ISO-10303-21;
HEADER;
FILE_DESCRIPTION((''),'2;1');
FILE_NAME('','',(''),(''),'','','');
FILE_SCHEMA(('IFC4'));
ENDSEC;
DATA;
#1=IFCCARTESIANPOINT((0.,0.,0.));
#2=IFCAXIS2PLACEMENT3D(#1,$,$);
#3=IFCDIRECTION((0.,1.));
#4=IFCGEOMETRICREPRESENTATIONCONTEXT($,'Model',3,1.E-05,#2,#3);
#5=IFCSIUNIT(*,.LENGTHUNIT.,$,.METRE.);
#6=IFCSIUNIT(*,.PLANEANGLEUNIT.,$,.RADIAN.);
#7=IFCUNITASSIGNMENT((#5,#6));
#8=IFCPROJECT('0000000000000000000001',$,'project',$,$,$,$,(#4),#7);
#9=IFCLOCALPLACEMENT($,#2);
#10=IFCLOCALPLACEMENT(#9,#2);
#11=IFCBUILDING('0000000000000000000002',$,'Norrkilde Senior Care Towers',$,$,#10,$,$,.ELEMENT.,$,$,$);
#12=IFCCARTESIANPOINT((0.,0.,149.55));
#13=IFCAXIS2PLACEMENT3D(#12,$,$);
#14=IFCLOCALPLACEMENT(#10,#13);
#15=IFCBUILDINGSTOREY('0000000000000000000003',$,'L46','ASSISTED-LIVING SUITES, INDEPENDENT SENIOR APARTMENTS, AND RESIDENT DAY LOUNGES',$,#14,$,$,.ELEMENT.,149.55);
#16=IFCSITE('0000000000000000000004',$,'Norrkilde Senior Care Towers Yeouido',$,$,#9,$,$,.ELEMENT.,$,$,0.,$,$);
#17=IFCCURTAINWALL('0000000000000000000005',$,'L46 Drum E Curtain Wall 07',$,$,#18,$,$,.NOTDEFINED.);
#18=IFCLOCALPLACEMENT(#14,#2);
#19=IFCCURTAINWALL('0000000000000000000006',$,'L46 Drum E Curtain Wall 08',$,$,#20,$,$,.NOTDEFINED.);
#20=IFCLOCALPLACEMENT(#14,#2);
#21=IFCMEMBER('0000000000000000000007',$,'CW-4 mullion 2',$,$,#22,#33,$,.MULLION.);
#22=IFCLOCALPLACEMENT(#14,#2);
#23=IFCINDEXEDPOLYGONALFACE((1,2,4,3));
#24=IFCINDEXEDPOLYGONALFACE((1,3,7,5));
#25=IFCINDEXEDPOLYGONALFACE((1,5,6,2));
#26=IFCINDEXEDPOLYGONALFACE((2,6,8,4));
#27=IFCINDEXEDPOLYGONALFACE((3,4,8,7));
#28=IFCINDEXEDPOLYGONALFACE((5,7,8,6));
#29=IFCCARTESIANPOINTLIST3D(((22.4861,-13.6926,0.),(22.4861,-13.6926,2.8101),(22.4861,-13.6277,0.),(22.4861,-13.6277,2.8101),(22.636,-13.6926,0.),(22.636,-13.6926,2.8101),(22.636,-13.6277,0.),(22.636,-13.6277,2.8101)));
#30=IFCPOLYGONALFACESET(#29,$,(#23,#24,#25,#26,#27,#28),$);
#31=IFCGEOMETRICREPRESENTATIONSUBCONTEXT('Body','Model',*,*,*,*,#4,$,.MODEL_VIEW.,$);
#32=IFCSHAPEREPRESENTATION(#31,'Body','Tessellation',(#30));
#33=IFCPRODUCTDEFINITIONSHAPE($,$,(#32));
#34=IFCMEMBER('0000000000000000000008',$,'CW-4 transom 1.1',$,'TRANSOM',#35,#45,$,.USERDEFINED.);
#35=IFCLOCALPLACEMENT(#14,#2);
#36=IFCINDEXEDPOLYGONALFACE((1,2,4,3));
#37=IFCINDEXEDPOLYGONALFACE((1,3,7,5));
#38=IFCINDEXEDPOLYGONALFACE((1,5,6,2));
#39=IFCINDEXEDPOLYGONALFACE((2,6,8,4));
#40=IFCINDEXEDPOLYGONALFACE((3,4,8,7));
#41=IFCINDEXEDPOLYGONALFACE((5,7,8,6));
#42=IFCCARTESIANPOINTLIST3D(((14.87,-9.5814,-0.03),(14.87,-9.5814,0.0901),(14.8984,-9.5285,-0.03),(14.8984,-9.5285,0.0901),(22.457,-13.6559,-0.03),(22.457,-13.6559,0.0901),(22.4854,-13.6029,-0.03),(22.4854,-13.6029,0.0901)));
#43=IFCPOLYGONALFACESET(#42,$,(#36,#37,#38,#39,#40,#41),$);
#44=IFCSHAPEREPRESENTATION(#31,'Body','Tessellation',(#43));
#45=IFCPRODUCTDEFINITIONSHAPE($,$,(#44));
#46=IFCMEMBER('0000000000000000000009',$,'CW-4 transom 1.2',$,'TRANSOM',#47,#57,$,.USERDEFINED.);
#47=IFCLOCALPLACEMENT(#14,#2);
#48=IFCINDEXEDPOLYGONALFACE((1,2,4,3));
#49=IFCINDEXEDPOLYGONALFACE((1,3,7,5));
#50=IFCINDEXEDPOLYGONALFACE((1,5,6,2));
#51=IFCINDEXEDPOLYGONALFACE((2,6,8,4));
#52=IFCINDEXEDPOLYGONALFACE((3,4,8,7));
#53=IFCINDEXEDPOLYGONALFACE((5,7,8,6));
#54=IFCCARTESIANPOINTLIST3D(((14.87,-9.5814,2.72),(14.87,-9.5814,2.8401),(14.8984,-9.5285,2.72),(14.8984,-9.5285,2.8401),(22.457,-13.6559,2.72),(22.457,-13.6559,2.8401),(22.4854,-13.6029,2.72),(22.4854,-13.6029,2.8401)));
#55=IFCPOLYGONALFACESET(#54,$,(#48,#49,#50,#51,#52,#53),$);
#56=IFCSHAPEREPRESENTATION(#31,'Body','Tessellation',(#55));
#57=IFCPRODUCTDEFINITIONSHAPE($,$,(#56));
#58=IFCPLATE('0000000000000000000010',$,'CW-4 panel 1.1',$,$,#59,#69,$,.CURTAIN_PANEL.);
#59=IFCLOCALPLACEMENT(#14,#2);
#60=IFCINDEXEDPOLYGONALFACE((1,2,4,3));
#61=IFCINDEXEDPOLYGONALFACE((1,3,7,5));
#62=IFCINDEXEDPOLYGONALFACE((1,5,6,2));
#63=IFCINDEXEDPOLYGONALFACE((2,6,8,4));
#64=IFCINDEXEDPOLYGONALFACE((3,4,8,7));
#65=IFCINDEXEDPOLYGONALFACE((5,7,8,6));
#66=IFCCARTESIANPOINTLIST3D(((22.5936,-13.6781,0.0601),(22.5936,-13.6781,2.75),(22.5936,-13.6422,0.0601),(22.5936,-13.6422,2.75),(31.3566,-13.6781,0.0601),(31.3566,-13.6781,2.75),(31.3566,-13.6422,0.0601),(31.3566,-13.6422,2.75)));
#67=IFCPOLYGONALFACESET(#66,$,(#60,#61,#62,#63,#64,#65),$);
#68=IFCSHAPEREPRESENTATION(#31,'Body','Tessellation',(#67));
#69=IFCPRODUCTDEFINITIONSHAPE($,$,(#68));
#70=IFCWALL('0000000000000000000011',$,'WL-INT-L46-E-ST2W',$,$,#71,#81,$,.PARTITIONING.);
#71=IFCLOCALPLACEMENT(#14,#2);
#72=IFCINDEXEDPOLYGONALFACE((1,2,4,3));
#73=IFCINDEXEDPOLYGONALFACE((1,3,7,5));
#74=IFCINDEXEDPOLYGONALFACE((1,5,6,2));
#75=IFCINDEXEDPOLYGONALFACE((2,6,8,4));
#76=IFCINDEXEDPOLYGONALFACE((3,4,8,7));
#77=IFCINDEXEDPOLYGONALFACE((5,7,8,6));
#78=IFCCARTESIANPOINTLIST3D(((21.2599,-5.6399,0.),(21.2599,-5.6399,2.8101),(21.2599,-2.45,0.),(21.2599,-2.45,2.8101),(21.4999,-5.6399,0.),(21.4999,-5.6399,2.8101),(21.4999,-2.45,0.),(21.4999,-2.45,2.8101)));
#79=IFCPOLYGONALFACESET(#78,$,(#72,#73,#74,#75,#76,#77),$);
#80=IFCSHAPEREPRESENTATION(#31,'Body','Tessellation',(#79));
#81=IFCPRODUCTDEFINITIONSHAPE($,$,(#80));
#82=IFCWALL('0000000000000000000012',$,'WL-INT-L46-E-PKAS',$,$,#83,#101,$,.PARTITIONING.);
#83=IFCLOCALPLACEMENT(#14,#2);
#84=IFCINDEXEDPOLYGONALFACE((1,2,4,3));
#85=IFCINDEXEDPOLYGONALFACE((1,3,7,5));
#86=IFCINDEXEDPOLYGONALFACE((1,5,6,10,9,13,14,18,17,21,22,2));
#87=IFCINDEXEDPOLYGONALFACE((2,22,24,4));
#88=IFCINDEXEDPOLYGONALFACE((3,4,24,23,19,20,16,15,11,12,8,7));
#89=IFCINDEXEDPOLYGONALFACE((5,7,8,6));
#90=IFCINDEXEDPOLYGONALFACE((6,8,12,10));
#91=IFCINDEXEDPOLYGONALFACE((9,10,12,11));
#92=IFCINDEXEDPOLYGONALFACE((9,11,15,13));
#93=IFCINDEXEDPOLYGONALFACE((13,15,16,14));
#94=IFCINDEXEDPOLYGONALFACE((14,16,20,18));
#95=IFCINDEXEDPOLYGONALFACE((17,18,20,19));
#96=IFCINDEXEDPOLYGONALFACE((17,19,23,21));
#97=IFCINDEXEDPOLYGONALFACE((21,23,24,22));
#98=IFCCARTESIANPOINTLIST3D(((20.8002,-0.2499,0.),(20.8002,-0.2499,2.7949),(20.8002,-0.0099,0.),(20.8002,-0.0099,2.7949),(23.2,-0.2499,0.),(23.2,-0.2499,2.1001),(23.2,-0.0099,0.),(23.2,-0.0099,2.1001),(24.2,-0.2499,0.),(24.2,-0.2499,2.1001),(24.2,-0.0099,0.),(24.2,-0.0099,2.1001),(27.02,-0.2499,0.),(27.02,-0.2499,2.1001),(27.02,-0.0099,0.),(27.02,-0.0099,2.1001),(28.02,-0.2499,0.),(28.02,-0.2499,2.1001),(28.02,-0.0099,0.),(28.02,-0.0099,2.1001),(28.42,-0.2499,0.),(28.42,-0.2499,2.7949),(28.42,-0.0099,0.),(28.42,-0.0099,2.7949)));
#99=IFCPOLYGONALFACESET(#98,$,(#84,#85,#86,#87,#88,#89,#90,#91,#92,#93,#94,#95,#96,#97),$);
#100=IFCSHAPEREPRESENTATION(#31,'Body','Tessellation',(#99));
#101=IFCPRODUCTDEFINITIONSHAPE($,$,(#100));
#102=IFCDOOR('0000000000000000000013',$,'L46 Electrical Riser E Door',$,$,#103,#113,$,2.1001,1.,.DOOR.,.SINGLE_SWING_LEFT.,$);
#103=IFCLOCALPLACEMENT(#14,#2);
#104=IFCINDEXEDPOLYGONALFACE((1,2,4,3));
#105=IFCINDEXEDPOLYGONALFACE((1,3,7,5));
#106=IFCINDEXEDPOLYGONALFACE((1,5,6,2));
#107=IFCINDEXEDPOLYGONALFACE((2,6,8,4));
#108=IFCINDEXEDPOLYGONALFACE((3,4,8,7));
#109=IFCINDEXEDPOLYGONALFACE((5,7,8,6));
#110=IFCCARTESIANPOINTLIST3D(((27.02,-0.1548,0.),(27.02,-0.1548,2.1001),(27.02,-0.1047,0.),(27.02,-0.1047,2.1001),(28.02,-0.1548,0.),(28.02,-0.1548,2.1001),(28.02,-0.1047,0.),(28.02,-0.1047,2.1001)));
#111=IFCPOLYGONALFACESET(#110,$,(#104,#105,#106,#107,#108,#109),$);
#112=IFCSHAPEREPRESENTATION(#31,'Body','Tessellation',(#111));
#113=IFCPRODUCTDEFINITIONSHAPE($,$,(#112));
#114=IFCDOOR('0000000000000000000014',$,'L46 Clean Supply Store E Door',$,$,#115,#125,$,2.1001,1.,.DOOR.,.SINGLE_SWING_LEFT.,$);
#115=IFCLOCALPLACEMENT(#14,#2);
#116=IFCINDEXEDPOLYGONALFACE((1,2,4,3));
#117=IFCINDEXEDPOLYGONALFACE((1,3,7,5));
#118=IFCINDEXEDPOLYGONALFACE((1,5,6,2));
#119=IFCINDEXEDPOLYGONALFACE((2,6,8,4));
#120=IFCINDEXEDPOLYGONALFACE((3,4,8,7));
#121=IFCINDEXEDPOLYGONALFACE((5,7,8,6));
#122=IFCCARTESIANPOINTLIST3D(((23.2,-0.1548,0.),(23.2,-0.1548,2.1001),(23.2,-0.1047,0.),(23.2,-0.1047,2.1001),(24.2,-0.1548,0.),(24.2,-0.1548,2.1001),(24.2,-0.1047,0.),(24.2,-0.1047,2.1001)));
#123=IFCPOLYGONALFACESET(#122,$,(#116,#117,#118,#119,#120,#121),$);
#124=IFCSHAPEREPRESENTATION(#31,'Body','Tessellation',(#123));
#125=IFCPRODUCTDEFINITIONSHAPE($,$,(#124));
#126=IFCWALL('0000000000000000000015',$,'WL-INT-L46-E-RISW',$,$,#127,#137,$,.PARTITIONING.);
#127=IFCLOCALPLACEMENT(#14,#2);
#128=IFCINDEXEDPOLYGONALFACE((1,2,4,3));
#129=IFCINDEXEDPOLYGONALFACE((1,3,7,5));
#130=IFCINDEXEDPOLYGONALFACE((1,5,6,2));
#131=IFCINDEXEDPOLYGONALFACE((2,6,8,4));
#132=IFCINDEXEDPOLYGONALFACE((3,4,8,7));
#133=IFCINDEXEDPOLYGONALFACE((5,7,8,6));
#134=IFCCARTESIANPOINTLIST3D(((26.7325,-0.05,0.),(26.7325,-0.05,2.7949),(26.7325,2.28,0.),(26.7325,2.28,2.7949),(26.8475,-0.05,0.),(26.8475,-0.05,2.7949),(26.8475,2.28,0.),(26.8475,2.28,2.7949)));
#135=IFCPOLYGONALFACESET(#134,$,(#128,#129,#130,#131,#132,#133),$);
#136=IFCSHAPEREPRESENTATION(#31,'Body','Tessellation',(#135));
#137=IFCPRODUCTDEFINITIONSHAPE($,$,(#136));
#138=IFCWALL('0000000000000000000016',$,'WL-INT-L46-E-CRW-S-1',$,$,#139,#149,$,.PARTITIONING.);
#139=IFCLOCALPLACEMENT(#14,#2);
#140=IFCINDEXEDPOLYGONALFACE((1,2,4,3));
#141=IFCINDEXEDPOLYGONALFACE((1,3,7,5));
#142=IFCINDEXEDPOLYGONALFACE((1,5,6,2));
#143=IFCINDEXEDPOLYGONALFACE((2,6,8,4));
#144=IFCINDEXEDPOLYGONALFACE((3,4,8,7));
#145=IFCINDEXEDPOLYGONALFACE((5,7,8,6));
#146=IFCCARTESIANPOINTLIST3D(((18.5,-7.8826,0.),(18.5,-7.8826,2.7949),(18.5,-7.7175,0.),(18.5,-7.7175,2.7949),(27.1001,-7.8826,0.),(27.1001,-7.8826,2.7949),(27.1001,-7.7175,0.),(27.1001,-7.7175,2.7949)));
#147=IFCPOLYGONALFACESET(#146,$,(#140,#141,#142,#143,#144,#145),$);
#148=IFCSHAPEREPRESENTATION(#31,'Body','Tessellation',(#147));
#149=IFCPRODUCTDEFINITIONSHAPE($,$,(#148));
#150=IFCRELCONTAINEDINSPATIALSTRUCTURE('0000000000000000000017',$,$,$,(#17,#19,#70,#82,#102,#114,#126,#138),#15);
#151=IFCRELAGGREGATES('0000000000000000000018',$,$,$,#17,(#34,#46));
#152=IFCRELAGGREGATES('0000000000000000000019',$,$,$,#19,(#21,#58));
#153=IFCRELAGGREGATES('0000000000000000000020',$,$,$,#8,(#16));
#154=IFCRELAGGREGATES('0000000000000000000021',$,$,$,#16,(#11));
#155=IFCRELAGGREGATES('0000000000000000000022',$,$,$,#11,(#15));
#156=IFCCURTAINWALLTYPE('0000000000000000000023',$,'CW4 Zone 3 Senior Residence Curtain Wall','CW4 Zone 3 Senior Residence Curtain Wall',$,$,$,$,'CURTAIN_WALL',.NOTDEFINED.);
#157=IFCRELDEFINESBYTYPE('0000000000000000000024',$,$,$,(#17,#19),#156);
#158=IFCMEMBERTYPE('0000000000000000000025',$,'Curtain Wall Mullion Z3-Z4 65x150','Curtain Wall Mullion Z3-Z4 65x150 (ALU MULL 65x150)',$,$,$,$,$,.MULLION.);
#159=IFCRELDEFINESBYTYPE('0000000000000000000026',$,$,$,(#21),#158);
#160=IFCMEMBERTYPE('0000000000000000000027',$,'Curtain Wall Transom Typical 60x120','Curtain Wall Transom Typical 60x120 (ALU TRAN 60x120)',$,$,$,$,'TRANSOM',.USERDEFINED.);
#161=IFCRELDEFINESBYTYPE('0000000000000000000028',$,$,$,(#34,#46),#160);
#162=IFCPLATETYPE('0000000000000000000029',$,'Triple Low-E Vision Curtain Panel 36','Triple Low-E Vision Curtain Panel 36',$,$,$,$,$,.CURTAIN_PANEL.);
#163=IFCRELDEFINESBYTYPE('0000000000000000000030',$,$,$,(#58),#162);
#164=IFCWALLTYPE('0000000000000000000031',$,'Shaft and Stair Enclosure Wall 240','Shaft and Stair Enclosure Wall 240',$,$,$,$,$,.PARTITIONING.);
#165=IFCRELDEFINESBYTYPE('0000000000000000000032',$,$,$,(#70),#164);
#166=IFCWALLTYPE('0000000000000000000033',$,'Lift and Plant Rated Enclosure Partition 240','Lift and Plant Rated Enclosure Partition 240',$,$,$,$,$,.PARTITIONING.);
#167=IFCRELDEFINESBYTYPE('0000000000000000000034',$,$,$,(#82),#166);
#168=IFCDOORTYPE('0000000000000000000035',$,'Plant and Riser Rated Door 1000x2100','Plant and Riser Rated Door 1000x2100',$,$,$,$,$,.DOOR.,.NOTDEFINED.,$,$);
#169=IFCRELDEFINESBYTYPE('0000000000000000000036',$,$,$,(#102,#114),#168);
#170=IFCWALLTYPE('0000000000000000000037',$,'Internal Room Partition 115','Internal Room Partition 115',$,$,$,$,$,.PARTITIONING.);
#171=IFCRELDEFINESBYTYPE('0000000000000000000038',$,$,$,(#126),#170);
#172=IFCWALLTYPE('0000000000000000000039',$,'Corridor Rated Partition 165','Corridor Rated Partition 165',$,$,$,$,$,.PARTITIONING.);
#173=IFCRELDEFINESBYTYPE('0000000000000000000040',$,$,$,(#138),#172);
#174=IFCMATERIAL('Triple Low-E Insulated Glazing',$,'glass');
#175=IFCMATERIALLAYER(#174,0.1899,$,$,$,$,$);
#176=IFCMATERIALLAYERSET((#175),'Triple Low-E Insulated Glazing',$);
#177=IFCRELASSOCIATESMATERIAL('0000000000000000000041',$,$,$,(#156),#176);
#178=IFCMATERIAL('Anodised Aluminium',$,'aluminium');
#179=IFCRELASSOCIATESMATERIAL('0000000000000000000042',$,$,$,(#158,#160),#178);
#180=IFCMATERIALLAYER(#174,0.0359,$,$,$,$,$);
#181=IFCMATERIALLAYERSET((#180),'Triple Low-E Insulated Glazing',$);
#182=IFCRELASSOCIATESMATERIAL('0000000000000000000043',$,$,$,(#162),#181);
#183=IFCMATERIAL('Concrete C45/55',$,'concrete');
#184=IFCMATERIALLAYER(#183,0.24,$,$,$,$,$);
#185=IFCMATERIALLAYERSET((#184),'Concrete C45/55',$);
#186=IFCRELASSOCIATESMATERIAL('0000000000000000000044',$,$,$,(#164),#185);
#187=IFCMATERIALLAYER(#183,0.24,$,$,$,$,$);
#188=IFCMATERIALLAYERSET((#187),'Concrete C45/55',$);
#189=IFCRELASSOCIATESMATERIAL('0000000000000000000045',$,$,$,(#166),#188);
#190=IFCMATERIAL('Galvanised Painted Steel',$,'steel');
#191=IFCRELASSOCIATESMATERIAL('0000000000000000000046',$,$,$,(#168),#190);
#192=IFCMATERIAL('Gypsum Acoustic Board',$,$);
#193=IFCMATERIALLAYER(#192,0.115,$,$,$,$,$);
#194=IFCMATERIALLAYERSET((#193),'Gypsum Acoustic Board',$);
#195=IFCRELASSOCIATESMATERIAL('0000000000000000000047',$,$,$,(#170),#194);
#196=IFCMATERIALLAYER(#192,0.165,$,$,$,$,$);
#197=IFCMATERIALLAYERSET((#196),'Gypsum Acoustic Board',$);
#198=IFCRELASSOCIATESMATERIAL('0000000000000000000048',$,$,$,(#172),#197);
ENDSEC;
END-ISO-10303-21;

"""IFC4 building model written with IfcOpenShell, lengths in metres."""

from ifc_helpers import new_model, si_unit, direction, frame, frame_2d, origin, origin_2d, place, context, subcontext, project, spatial, rectangle, extrude, source, transform, mapped, material, layer, layer_set, material_profile, profile_set, type_object, type_shapes, element, fill, aggregate, save


model = new_model("IFC4")

# Units and contexts
model_context = context("Model", 3, precision=1e-05, world=origin(), true_north=direction((0.0, 1.0)))
body_context = subcontext(model_context, "Body", "Model", "MODEL_VIEW")
ifc_project = project(units=[si_unit("LENGTHUNIT", "METRE"), si_unit("PLANEANGLEUNIT", "RADIAN")], contexts=[model_context])

# Site, building, storey
site_placement = place(None, origin())
site = spatial("IfcSite", under=ifc_project, at=site_placement, Name="Norrkilde Senior Care Towers Yeouido", CompositionType="ELEMENT", RefElevation=0.0)
building_placement = place(site_placement, origin())
building = spatial("IfcBuilding", under=site, at=building_placement, Name="Norrkilde Senior Care Towers", CompositionType="ELEMENT")
storey_placement = place(building_placement, frame((0.0, 0.0, 149.55)))
storey = spatial("IfcBuildingStorey", under=building, at=storey_placement, Name="L46", Description="ASSISTED-LIVING SUITES, INDEPENDENT SENIOR APARTMENTS, AND RESIDENT DAY LOUNGES", CompositionType="ELEMENT", Elevation=149.55)

# Curtain walls, member
ifc_material_1 = material(Name="Triple Low-E Insulated Glazing", Category="glass")
ifc_layer_1 = layer(ifc_material_1, 0.1899)
ifc_layer_set_1 = layer_set([ifc_layer_1], Name="Triple Low-E Insulated Glazing")
curtain_wall_type = type_object("IfcCurtainWallType", Name="CW4 Zone 3 Senior Residence Curtain Wall", Description="CW4 Zone 3 Senior Residence Curtain Wall", ElementType="CURTAIN_WALL", PredefinedType="NOTDEFINED", material=ifc_layer_set_1)
curtain_wall_1_placement = place(storey_placement, origin())
curtain_wall_1 = element("IfcCurtainWall", 1, at=curtain_wall_1_placement, inside=storey, type_object=curtain_wall_type, Name="L46 Drum E Curtain Wall 07", PredefinedType="NOTDEFINED")
ifc_material_2 = material(Name="Anodised Aluminium", Category="aluminium")
ifc_material_profile_1 = material_profile(ifc_material_2, rectangle(XDim=0.0649, YDim=0.1499, at=origin_2d()), Name="ALU MULL 65x150")
ifc_profile_set_1 = profile_set([ifc_material_profile_1], Name="Anodised Aluminium")
member_type_1 = type_object("IfcMemberType", Name="Curtain Wall Mullion Z3-Z4 65x150", Description="Curtain Wall Mullion Z3-Z4 65x150 (ALU MULL 65x150)", PredefinedType="MULLION", material=ifc_profile_set_1)
shared_shape_1 = source(origin(), body_context, "Body", "SweptSolid", [
    extrude(rectangle(XDim=0.0649, YDim=0.1499, at=origin_2d()), origin(), (0.0, 0.0, 1.0), 2.8101),
])
type_shapes(member_type_1, [shared_shape_1])
curtain_wall_2_placement = place(storey_placement, origin())
curtain_wall_2 = element("IfcCurtainWall", 2, at=curtain_wall_2_placement, inside=storey, type_object=curtain_wall_type, Name="L46 Drum E Curtain Wall 08", PredefinedType="NOTDEFINED")
member_1_placement = place(storey_placement, frame((22.561, -13.6602, 0.0), z_axis=(0.0, 0.0, 1.0), x_axis=(0.0, -1.0, 0.0)))
member_1 = element("IfcMember", 3, at=member_1_placement, type_object=member_type_1, Name="CW-4 mullion 2", PredefinedType="MULLION", context=body_context, shape_type="MappedRepresentation", body=[
    mapped(shared_shape_1, transform((0.0, 0.0, 0.0), x_axis=(1.0, 0.0, 0.0), y_axis=(0.0, 1.0, 0.0), z_axis=(0.0, 0.0, 1.0), scale=1.0)),
])

# Members
ifc_material_profile_2 = material_profile(ifc_material_2, rectangle(XDim=0.0601, YDim=0.1201, at=origin_2d()), Name="ALU TRAN 60x120")
ifc_profile_set_2 = profile_set([ifc_material_profile_2], Name="Anodised Aluminium")
member_type_2 = type_object("IfcMemberType", Name="Curtain Wall Transom Typical 60x120", Description="Curtain Wall Transom Typical 60x120 (ALU TRAN 60x120)", ElementType="TRANSOM", PredefinedType="USERDEFINED", material=ifc_profile_set_2)
shared_shape_2 = source(origin(), body_context, "Body", "SweptSolid", [
    extrude(rectangle(XDim=0.0601, YDim=0.1201, at=origin_2d()), origin(), (0.0, 0.0, 1.0), 8.6118),
])
type_shapes(member_type_2, [shared_shape_2])
member_2_placement = place(storey_placement, frame((22.4712, -13.6294, 0.03), z_axis=(-0.880994, 0.473127, 0.0), x_axis=(-0.473127, -0.880994, 0.0)))
member_2 = element("IfcMember", 4, at=member_2_placement, type_object=member_type_2, Name="CW-4 transom 1.1", ObjectType="TRANSOM", PredefinedType="USERDEFINED", context=body_context, shape_type="MappedRepresentation", body=[
    mapped(shared_shape_2, transform((0.0, 0.0, 0.0), x_axis=(1.0, 0.0, 0.0), y_axis=(0.0, 1.0, 0.0), z_axis=(0.0, 0.0, 1.0), scale=1.0)),
])
member_3_placement = place(storey_placement, frame((22.4712, -13.6294, 2.78), z_axis=(-0.880994, 0.473127, 0.0), x_axis=(-0.473127, -0.880994, 0.0)))
member_3 = element("IfcMember", 5, at=member_3_placement, type_object=member_type_2, Name="CW-4 transom 1.2", ObjectType="TRANSOM", PredefinedType="USERDEFINED", context=body_context, shape_type="MappedRepresentation", body=[
    mapped(shared_shape_2, transform((0.0, 0.0, 0.0), x_axis=(1.0, 0.0, 0.0), y_axis=(0.0, 1.0, 0.0), z_axis=(0.0, 0.0, 1.0), scale=1.0)),
])
aggregate(curtain_wall_1, [member_2, member_3])

# Plate
ifc_layer_2 = layer(ifc_material_1, 0.0359)
ifc_layer_set_2 = layer_set([ifc_layer_2], Name="Triple Low-E Insulated Glazing")
plate_type = type_object("IfcPlateType", Name="Triple Low-E Vision Curtain Panel 36", Description="Triple Low-E Vision Curtain Panel 36", PredefinedType="CURTAIN_PANEL", material=ifc_layer_set_2)
shared_shape_3 = source(origin(), body_context, "Body", "SweptSolid", [
    extrude(rectangle(XDim=8.7629, YDim=0.0359, at=origin_2d()), origin(), (0.0, 0.0, 1.0), 2.6899),
])
type_shapes(plate_type, [shared_shape_3])
plate_placement = place(storey_placement, frame((26.9751, -13.6602, 0.0601), z_axis=(0.0, 0.0, 1.0), x_axis=(-1.0, 0.0, 0.0)))
plate = element("IfcPlate", 6, at=plate_placement, type_object=plate_type, Name="CW-4 panel 1.1", PredefinedType="CURTAIN_PANEL", context=body_context, shape_type="MappedRepresentation", body=[
    mapped(shared_shape_3, transform((0.0, 0.0, 0.0), x_axis=(1.0, 0.0, 0.0), y_axis=(0.0, 1.0, 0.0), z_axis=(0.0, 0.0, 1.0), scale=1.0)),
])
aggregate(curtain_wall_2, [member_1, plate])

# Wall
ifc_material_3 = material(Name="Concrete C45/55", Category="concrete")
ifc_layer_3 = layer(ifc_material_3, 0.24)
ifc_layer_set_3 = layer_set([ifc_layer_3], Name="Concrete C45/55")
wall_type_1 = type_object("IfcWallType", Name="Shaft and Stair Enclosure Wall 240", Description="Shaft and Stair Enclosure Wall 240", PredefinedType="PARTITIONING", material=ifc_layer_set_3)
shared_shape_4 = source(origin(), body_context, "Body", "SweptSolid", [
    extrude(rectangle(XDim=3.1899, YDim=0.24, at=frame_2d((1.595, 0.0))), origin(), (0.0, 0.0, 1.0), 2.8101),
])
type_shapes(wall_type_1, [shared_shape_4])
wall_1_placement = place(storey_placement, frame((21.3799, -5.6399, 0.0), z_axis=(0.0, 0.0, 1.0), x_axis=(0.0, 1.0, 0.0)))
element("IfcWall", 7, at=wall_1_placement, inside=storey, type_object=wall_type_1, Name="WL-INT-L46-E-ST2W", PredefinedType="PARTITIONING", context=body_context, shape_type="MappedRepresentation", body=[
    mapped(shared_shape_4, transform((0.0, 0.0, 0.0), x_axis=(1.0, 0.0, 0.0), y_axis=(0.0, 1.0, 0.0), z_axis=(0.0, 0.0, 1.0), scale=1.0)),
])

# Wall, openings, doors
ifc_layer_4 = layer(ifc_material_3, 0.24)
ifc_layer_set_4 = layer_set([ifc_layer_4], Name="Concrete C45/55")
wall_type_2 = type_object("IfcWallType", Name="Lift and Plant Rated Enclosure Partition 240", Description="Lift and Plant Rated Enclosure Partition 240", PredefinedType="PARTITIONING", material=ifc_layer_set_4)
shared_shape_5 = source(origin(), body_context, "Body", "SweptSolid", [
    extrude(rectangle(XDim=7.6199, YDim=0.24, at=frame_2d((3.8101, 0.0))), origin(), (0.0, 0.0, 1.0), 2.7949),
])
type_shapes(wall_type_2, [shared_shape_5])
wall_2_placement = place(storey_placement, frame((20.8, -0.1299, 0.0), z_axis=(0.0, 0.0, 1.0), x_axis=(1.0, 0.0, 0.0)))
wall_2 = element("IfcWall", 8, at=wall_2_placement, inside=storey, type_object=wall_type_2, Name="WL-INT-L46-E-PKAS", PredefinedType="PARTITIONING", context=body_context, shape_type="MappedRepresentation", body=[
    mapped(shared_shape_5, transform((0.0, 0.0, 0.0), x_axis=(1.0, 0.0, 0.0), y_axis=(0.0, 1.0, 0.0), z_axis=(0.0, 0.0, 1.0), scale=1.0)),
])
opening_1_placement = place(wall_2_placement, frame((6.22, 0.0, 0.0)))
opening_1 = element("IfcOpeningElement", 9, at=opening_1_placement, cuts=wall_2, PredefinedType="OPENING", context=body_context, shape_type="SweptSolid", body=[
    extrude(rectangle(XDim=1.0, YDim=2.1001, at=frame_2d((0.5, 1.05))), frame((0.0, 0.1299, 0.0), z_axis=(0.0, -1.0, 0.0), x_axis=(1.0, 0.0, 0.0)), (0.0, 0.0, 1.0), 0.26),
])
opening_2_placement = place(wall_2_placement, frame((2.3999, 0.0, 0.0)))
opening_2 = element("IfcOpeningElement", 10, at=opening_2_placement, cuts=wall_2, PredefinedType="OPENING", context=body_context, shape_type="SweptSolid", body=[
    extrude(rectangle(XDim=1.0, YDim=2.1001, at=frame_2d((0.5, 1.05))), frame((0.0, 0.1299, 0.0), z_axis=(0.0, -1.0, 0.0), x_axis=(1.0, 0.0, 0.0)), (0.0, 0.0, 1.0), 0.26),
])
ifc_material_4 = material(Name="Galvanised Painted Steel", Category="steel")
door_type = type_object("IfcDoorType", Name="Plant and Riser Rated Door 1000x2100", Description="Plant and Riser Rated Door 1000x2100", OperationType="NOTDEFINED", PredefinedType="DOOR", material=ifc_material_4)
shared_shape_6 = source(origin(), body_context, "Body", "SweptSolid", [
    extrude(rectangle(XDim=1.0, YDim=2.1001, at=frame_2d((0.5, 1.05))), frame((0.0, 0.0249, 0.0), z_axis=(0.0, -1.0, 0.0), x_axis=(1.0, 0.0, 0.0)), (0.0, 0.0, 1.0), 0.05),
])
type_shapes(door_type, [shared_shape_6])
door_1_placement = place(opening_1_placement, frame((1.0, 0.0, 0.0), z_axis=(0.0, 0.0, 1.0), x_axis=(-1.0, 0.0, 0.0)))
door_1 = element("IfcDoor", 11, at=door_1_placement, inside=storey, type_object=door_type, Name="L46 Electrical Riser E Door", OperationType="SINGLE_SWING_LEFT", OverallHeight=2.1001, OverallWidth=1.0, PredefinedType="DOOR", context=body_context, shape_type="MappedRepresentation", body=[
    mapped(shared_shape_6, transform((0.0, 0.0, 0.0), x_axis=(1.0, 0.0, 0.0), y_axis=(0.0, 1.0, 0.0), z_axis=(0.0, 0.0, 1.0), scale=1.0)),
])
fill(opening_1, door_1)
door_2_placement = place(opening_2_placement, frame((1.0, 0.0, 0.0), z_axis=(0.0, 0.0, 1.0), x_axis=(-1.0, 0.0, 0.0)))
door_2 = element("IfcDoor", 12, at=door_2_placement, inside=storey, type_object=door_type, Name="L46 Clean Supply Store E Door", OperationType="SINGLE_SWING_LEFT", OverallHeight=2.1001, OverallWidth=1.0, PredefinedType="DOOR", context=body_context, shape_type="MappedRepresentation", body=[
    mapped(shared_shape_6, transform((0.0, 0.0, 0.0), x_axis=(1.0, 0.0, 0.0), y_axis=(0.0, 1.0, 0.0), z_axis=(0.0, 0.0, 1.0), scale=1.0)),
])
fill(opening_2, door_2)

# Walls
ifc_material_5 = material(Name="Gypsum Acoustic Board")
ifc_layer_5 = layer(ifc_material_5, 0.115)
ifc_layer_set_5 = layer_set([ifc_layer_5], Name="Gypsum Acoustic Board")
wall_type_3 = type_object("IfcWallType", Name="Internal Room Partition 115", Description="Internal Room Partition 115", PredefinedType="PARTITIONING", material=ifc_layer_set_5)
shared_shape_7 = source(origin(), body_context, "Body", "SweptSolid", [
    extrude(rectangle(XDim=2.3301, YDim=0.115, at=frame_2d((1.165, 0.0))), origin(), (0.0, 0.0, 1.0), 2.7949),
])
type_shapes(wall_type_3, [shared_shape_7])
wall_3_placement = place(storey_placement, frame((26.79, -0.05, 0.0), z_axis=(0.0, 0.0, 1.0), x_axis=(0.0, 1.0, 0.0)))
element("IfcWall", 13, at=wall_3_placement, inside=storey, type_object=wall_type_3, Name="WL-INT-L46-E-RISW", PredefinedType="PARTITIONING", context=body_context, shape_type="MappedRepresentation", body=[
    mapped(shared_shape_7, transform((0.0, 0.0, 0.0), x_axis=(1.0, 0.0, 0.0), y_axis=(0.0, 1.0, 0.0), z_axis=(0.0, 0.0, 1.0), scale=1.0)),
])
ifc_layer_6 = layer(ifc_material_5, 0.165)
ifc_layer_set_6 = layer_set([ifc_layer_6], Name="Gypsum Acoustic Board")
wall_type_4 = type_object("IfcWallType", Name="Corridor Rated Partition 165", Description="Corridor Rated Partition 165", PredefinedType="PARTITIONING", material=ifc_layer_set_6)
shared_shape_8 = source(origin(), body_context, "Body", "SweptSolid", [
    extrude(rectangle(XDim=8.6001, YDim=0.165, at=frame_2d((4.3, 0.0))), origin(), (0.0, 0.0, 1.0), 2.7949),
])
wall_4_placement = place(storey_placement, frame((27.1001, -7.8, 0.0), z_axis=(0.0, 0.0, 1.0), x_axis=(-1.0, 0.0, 0.0)))
element("IfcWall", 14, at=wall_4_placement, inside=storey, type_object=wall_type_4, Name="WL-INT-L46-E-CRW-S-1", PredefinedType="PARTITIONING", context=body_context, shape_type="MappedRepresentation", body=[
    mapped(shared_shape_8, transform((0.0, 0.0, 0.0), x_axis=(1.0, 0.0, 0.0), y_axis=(0.0, 1.0, 0.0), z_axis=(0.0, 0.0, 1.0), scale=1.0)),
])

save(model, "model.ifc")
